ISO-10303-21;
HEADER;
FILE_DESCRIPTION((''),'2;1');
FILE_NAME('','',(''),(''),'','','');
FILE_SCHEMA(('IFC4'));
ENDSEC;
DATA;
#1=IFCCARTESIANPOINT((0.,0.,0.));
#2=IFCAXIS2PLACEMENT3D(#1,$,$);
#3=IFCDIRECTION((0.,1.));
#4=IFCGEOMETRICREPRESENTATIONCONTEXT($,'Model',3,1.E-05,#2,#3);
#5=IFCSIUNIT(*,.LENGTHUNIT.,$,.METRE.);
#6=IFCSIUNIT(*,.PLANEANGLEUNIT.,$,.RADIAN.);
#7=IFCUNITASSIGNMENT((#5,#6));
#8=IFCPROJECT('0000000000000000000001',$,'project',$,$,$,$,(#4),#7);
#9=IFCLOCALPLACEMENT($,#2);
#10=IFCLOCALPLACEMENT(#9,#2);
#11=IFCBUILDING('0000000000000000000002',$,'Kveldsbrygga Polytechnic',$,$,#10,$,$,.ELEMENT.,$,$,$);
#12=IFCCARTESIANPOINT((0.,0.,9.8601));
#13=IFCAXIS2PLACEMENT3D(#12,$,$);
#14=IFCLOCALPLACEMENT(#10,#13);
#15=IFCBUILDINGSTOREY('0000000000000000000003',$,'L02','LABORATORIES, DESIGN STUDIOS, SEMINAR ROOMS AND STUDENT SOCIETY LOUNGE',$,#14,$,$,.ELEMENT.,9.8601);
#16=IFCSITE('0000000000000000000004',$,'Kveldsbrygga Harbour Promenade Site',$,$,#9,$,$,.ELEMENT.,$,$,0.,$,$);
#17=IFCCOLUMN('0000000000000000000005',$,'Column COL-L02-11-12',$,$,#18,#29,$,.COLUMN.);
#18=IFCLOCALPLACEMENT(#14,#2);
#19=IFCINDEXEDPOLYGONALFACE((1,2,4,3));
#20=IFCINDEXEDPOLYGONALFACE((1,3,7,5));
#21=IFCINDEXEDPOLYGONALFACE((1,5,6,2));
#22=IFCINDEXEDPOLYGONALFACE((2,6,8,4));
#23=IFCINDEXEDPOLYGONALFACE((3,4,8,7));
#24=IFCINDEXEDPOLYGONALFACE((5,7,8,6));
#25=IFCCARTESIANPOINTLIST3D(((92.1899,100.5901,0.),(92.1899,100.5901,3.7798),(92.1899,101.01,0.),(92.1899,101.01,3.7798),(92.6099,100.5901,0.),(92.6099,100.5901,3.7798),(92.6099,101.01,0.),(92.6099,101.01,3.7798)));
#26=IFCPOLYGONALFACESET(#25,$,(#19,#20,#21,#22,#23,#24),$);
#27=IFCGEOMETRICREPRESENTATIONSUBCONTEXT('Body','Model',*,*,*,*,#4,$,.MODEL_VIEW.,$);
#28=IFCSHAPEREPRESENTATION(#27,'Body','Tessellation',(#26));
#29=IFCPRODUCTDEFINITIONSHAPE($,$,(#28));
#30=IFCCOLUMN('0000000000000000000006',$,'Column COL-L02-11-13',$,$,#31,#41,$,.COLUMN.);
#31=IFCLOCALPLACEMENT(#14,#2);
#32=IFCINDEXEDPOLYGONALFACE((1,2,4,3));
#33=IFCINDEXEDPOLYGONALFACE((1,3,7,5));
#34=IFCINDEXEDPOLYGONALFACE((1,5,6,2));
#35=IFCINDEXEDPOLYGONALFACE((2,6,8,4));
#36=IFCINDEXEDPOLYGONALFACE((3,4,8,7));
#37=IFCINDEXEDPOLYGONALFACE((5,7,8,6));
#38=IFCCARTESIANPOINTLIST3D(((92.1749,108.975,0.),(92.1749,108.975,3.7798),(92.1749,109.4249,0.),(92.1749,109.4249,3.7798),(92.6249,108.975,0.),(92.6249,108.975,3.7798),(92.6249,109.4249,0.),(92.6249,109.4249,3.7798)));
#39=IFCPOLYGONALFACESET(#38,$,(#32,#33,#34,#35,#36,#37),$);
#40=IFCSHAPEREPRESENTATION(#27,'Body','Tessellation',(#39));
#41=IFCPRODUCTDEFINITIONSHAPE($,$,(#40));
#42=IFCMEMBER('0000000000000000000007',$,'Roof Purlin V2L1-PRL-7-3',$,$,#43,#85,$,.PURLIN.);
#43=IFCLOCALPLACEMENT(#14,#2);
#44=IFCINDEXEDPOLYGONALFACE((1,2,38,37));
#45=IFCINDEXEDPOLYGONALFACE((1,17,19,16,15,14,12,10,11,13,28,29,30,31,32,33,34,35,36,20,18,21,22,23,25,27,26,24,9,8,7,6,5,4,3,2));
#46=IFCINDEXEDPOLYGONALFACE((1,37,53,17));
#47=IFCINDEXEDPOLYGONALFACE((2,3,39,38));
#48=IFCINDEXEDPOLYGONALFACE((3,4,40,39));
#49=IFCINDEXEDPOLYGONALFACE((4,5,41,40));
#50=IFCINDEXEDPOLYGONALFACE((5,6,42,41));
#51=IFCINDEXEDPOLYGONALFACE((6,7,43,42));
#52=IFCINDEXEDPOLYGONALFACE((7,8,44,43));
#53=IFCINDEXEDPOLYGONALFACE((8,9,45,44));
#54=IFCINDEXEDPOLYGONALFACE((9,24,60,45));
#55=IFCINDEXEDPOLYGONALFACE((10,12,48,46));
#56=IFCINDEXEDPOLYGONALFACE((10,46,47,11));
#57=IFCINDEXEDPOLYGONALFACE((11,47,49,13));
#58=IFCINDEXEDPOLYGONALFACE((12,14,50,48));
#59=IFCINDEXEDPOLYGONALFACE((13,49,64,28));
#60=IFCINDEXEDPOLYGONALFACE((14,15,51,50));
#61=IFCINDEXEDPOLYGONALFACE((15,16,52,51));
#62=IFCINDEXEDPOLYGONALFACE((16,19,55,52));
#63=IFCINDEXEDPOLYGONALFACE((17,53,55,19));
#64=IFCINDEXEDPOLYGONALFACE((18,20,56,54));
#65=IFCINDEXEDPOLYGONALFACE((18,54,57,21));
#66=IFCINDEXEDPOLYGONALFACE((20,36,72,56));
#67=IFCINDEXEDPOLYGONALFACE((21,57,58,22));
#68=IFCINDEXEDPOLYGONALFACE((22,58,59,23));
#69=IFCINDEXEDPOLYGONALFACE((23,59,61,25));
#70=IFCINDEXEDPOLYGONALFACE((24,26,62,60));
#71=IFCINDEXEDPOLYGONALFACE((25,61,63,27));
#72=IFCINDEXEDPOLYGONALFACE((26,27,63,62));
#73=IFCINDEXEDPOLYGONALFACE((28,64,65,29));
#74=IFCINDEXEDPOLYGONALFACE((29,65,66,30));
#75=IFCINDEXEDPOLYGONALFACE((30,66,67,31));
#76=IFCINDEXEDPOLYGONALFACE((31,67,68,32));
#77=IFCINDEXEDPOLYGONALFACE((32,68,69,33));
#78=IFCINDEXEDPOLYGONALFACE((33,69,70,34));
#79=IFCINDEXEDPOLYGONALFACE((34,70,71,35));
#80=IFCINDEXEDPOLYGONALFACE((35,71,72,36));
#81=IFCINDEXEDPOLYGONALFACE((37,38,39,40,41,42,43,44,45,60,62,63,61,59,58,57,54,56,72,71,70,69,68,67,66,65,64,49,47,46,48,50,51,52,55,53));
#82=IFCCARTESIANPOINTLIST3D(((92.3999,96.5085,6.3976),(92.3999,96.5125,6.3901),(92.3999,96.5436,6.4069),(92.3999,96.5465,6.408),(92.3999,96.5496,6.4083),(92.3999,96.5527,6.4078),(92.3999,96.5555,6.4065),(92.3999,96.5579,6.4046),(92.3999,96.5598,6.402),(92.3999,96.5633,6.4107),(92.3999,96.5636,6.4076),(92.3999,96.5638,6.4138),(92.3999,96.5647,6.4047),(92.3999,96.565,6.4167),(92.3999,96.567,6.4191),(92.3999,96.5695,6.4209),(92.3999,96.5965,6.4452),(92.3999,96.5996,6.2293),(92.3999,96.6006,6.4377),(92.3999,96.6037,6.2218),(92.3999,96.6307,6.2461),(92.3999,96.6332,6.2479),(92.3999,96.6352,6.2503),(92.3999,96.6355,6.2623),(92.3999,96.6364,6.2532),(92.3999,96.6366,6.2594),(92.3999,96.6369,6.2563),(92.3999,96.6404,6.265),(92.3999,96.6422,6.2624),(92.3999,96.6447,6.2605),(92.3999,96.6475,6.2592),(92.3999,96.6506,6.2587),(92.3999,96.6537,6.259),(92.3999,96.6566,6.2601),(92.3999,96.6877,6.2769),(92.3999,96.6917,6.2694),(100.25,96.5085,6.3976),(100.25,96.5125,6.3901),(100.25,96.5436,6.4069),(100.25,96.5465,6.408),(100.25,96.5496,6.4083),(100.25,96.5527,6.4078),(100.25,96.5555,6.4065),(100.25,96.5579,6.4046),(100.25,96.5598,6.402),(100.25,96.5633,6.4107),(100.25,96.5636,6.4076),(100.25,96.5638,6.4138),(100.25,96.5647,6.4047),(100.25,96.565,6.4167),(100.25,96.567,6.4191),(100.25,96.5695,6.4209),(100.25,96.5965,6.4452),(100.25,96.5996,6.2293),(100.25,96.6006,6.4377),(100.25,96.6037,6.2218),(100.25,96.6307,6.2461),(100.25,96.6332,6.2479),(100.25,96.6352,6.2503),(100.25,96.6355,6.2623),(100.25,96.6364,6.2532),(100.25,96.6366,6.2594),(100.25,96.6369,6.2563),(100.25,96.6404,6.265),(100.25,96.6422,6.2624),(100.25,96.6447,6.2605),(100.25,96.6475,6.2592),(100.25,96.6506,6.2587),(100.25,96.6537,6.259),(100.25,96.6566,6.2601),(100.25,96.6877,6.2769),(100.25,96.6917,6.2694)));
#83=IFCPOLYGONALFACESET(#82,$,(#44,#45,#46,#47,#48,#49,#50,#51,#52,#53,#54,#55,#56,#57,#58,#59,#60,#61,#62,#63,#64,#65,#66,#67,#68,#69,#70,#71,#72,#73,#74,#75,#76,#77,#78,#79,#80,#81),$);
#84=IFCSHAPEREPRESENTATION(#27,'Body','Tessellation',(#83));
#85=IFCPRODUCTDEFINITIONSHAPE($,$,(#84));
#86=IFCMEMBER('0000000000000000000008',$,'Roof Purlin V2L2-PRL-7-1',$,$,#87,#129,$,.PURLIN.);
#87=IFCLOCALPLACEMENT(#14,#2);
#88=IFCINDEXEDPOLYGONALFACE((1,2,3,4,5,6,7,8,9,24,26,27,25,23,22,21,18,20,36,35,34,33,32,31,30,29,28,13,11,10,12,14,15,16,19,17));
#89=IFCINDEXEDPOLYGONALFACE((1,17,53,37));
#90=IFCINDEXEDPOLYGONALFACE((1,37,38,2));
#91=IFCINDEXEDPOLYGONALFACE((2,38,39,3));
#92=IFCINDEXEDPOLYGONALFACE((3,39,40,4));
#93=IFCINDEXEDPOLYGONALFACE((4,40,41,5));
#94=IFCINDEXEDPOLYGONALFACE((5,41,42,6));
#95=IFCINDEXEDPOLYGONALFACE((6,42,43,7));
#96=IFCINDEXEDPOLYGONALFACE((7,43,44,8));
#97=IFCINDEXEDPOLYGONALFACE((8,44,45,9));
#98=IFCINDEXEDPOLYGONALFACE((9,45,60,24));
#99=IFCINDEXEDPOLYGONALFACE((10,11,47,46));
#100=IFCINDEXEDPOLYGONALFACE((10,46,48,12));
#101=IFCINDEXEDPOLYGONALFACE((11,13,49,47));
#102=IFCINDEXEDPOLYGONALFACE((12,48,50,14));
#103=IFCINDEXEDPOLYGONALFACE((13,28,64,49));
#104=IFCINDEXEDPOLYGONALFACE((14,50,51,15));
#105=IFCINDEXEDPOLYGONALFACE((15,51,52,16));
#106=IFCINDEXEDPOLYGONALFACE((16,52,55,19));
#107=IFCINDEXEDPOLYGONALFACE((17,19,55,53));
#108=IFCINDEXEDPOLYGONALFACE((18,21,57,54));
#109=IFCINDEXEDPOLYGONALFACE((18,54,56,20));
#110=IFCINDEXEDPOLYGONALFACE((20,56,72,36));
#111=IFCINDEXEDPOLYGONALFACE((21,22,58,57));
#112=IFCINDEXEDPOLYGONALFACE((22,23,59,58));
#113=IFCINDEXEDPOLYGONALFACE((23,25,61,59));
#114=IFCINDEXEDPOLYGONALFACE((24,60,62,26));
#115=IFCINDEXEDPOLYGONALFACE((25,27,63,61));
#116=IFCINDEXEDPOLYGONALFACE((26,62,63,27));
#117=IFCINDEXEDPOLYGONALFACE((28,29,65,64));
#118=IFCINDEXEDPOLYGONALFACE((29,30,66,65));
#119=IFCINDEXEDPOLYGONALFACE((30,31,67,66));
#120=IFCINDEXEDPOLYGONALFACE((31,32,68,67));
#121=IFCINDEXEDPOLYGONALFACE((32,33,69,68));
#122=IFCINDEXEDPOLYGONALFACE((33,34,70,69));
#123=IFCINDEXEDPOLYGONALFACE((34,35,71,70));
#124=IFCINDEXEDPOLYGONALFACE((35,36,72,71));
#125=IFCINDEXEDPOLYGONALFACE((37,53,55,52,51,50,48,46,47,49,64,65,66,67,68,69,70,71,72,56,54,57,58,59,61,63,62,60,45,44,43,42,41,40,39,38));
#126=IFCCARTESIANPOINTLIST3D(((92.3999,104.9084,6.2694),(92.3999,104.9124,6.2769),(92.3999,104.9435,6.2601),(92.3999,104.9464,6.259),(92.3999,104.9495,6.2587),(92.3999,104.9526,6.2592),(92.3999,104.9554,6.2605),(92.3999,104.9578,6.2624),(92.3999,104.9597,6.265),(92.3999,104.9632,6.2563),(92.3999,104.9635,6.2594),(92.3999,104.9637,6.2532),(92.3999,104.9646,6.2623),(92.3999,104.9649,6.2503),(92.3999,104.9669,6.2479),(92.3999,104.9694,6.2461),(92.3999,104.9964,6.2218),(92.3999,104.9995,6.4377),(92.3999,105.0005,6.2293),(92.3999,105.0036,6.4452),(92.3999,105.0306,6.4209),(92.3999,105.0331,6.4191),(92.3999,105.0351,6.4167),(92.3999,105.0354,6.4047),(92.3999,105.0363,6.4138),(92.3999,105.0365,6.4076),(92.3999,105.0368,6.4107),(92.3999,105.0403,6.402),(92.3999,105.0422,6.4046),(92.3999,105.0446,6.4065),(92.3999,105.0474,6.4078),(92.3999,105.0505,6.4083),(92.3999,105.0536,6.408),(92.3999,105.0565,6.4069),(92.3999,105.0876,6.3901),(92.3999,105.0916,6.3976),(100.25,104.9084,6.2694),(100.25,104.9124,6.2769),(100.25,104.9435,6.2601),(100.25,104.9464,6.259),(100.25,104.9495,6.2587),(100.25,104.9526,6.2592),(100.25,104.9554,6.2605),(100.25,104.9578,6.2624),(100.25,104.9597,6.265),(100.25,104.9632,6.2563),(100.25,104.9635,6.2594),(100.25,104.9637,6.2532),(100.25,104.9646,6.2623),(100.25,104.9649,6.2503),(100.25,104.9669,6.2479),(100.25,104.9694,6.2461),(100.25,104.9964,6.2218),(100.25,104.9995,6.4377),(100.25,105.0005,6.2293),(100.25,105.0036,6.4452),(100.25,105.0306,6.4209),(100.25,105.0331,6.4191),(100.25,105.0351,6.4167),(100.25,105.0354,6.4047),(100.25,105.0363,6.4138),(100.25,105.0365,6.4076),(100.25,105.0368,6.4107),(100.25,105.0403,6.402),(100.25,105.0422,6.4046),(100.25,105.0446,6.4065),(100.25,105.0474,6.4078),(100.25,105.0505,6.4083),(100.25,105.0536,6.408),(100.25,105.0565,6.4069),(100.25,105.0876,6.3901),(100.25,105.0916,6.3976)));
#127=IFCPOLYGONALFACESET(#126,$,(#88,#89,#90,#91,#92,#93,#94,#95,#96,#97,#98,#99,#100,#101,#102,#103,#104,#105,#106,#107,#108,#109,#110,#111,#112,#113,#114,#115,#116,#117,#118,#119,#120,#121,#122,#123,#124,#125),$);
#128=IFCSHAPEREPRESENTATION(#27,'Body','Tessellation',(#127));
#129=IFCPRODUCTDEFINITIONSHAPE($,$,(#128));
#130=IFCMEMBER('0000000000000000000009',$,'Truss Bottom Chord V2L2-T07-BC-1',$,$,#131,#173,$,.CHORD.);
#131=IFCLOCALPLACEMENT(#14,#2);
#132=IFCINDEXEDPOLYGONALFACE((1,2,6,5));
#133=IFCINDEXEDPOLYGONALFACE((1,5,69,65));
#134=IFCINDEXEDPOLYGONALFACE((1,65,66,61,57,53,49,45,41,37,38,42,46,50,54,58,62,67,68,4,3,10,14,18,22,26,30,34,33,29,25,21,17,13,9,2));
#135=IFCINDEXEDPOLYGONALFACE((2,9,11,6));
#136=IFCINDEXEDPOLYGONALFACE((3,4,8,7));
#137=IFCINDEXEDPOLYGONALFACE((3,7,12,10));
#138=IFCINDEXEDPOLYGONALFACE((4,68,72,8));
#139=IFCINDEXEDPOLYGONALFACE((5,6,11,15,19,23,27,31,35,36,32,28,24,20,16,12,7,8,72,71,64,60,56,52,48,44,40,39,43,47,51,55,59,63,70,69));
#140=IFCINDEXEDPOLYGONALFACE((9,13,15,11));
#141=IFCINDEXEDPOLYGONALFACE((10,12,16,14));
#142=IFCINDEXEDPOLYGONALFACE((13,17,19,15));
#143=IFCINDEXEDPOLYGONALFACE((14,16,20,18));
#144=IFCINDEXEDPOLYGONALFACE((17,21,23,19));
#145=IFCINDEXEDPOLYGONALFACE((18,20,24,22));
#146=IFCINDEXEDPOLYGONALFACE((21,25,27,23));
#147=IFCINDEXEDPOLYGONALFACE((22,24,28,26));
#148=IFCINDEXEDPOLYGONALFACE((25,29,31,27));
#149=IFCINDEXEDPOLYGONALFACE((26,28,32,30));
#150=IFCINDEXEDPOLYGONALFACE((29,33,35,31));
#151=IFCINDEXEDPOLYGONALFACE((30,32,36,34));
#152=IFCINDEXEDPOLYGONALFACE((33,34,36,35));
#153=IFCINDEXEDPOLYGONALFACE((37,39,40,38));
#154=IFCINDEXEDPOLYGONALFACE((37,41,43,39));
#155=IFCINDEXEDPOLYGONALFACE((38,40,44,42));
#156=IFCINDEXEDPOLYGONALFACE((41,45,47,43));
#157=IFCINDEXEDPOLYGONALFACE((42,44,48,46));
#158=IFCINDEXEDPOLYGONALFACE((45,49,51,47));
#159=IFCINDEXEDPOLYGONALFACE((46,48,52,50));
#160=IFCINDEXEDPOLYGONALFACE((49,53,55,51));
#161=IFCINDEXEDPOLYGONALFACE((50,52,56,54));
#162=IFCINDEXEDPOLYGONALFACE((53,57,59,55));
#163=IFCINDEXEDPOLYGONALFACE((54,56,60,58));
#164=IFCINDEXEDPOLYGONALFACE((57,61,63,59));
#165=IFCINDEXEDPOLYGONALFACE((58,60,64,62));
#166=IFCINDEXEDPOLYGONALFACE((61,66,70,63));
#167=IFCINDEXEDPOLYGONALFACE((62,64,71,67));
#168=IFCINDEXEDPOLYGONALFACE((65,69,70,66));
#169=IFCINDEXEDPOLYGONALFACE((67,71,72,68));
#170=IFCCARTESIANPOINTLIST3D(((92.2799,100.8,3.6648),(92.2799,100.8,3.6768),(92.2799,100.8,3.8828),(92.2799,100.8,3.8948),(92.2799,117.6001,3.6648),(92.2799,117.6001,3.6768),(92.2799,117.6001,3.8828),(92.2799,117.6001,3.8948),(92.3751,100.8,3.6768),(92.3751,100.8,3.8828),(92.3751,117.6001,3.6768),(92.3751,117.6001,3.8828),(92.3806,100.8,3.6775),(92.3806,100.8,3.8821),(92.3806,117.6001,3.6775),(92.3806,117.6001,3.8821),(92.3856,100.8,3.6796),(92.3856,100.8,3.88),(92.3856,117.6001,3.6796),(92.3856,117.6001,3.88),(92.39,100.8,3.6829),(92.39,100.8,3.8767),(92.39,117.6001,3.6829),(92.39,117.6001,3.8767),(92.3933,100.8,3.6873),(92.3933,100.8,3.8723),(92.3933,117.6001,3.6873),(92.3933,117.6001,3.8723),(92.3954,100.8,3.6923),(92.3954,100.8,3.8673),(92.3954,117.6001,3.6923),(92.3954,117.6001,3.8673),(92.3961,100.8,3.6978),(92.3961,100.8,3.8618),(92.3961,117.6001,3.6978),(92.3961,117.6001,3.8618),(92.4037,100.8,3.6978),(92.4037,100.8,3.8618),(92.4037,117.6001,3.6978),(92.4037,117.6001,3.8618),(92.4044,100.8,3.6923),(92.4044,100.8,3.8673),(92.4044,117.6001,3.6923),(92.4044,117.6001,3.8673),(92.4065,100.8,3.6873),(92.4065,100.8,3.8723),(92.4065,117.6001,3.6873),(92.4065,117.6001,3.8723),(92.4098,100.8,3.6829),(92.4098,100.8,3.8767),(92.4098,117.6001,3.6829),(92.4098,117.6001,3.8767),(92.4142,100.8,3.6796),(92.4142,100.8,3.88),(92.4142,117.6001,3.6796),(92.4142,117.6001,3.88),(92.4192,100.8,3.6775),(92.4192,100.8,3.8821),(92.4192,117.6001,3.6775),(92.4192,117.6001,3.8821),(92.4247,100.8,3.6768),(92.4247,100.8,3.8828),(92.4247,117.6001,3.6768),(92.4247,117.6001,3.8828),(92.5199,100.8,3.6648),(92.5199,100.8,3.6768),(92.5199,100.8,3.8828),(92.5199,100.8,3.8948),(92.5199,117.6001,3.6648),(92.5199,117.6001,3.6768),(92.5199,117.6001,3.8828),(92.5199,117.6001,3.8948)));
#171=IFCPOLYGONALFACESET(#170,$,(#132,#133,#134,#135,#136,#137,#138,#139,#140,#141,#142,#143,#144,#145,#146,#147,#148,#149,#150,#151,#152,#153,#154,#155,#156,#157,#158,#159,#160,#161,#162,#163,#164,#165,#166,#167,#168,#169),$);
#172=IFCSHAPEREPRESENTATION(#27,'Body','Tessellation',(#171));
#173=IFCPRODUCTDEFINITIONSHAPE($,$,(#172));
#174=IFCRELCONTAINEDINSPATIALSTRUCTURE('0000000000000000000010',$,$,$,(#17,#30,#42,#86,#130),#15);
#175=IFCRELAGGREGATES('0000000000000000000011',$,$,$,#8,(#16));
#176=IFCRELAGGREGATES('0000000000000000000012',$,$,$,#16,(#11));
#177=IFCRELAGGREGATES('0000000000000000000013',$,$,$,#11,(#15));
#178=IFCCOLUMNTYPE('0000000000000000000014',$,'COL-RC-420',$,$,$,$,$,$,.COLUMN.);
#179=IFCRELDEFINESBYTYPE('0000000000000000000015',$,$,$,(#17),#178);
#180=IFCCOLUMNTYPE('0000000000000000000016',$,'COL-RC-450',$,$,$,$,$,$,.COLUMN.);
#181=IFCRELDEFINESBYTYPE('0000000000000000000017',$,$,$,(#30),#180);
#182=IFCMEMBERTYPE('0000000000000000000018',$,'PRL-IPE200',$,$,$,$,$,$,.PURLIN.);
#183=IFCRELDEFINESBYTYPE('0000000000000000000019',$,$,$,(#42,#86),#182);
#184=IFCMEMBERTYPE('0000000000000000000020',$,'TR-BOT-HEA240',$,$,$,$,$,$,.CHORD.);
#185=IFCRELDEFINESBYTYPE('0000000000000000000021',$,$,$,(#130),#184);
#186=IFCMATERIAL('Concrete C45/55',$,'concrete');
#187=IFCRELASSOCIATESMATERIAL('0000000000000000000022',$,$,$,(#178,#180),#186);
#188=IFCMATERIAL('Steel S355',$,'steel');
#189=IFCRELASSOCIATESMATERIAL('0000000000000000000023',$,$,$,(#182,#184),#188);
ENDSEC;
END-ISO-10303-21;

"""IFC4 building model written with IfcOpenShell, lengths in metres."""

from ifc_helpers import new_model, si_unit, direction, frame, origin, origin_2d, place, context, subcontext, project, spatial, rectangle, i_section, extrude, material, material_profile, profile_set, type_object, element, save


model = new_model("IFC4")

# Units and contexts
model_context = context("Model", 3, precision=1e-05, world=origin(), true_north=direction((0.0, 1.0)))
body_context = subcontext(model_context, "Body", "Model", "MODEL_VIEW")
ifc_project = project(units=[si_unit("LENGTHUNIT", "METRE"), si_unit("PLANEANGLEUNIT", "RADIAN")], contexts=[model_context])

# Site, building, storey
site_placement = place(None, origin())
site = spatial("IfcSite", under=ifc_project, at=site_placement, Name="Kveldsbrygga Harbour Promenade Site", CompositionType="ELEMENT", RefElevation=0.0)
building_placement = place(site_placement, origin())
building = spatial("IfcBuilding", under=site, at=building_placement, Name="Kveldsbrygga Polytechnic", CompositionType="ELEMENT")
storey_placement = place(building_placement, frame((0.0, 0.0, 9.8601)))
storey = spatial("IfcBuildingStorey", under=building, at=storey_placement, Name="L02", Description="LABORATORIES, DESIGN STUDIOS, SEMINAR ROOMS AND STUDENT SOCIETY LOUNGE", CompositionType="ELEMENT", Elevation=9.8601)

# Columns
ifc_material_1 = material(Name="Concrete C45/55", Category="concrete")
ifc_material_profile_1 = material_profile(ifc_material_1, rectangle(XDim=0.4199, YDim=0.4199, at=origin_2d()), Name="RC 420x420")
ifc_profile_set_1 = profile_set([ifc_material_profile_1], Name="Concrete C45/55")
column_type_1 = type_object("IfcColumnType", Name="COL-RC-420", PredefinedType="COLUMN", material=ifc_profile_set_1)
column_1_placement = place(storey_placement, frame((92.3999, 100.8, 0.0), z_axis=(0.0, 0.0, 1.0), x_axis=(1.0, 0.0, 0.0)))
element("IfcColumn", 1, at=column_1_placement, inside=storey, type_object=column_type_1, Name="Column COL-L02-11-12", PredefinedType="COLUMN", context=body_context, shape_type="SweptSolid", body=[
    extrude(rectangle(XDim=0.4199, YDim=0.4199, at=origin_2d()), origin(), (0.0, 0.0, 1.0), 3.7798),
])
ifc_material_profile_2 = material_profile(ifc_material_1, rectangle(XDim=0.45, YDim=0.45, at=origin_2d()), Name="RC 450x450")
ifc_profile_set_2 = profile_set([ifc_material_profile_2], Name="Concrete C45/55")
column_type_2 = type_object("IfcColumnType", Name="COL-RC-450", PredefinedType="COLUMN", material=ifc_profile_set_2)
column_2_placement = place(storey_placement, frame((92.3999, 109.2, 0.0), z_axis=(0.0, 0.0, 1.0), x_axis=(1.0, 0.0, 0.0)))
element("IfcColumn", 2, at=column_2_placement, inside=storey, type_object=column_type_2, Name="Column COL-L02-11-13", PredefinedType="COLUMN", context=body_context, shape_type="SweptSolid", body=[
    extrude(rectangle(XDim=0.45, YDim=0.45, at=origin_2d()), origin(), (0.0, 0.0, 1.0), 3.7798),
])

# Members
ifc_material_2 = material(Name="Steel S355", Category="steel")
ifc_material_profile_3 = material_profile(ifc_material_2, i_section(OverallWidth=0.1001, OverallDepth=0.2, WebThickness=0.0056, FlangeThickness=0.0085, FilletRadius=0.012, at=origin_2d()), Name="IPE 200")
ifc_profile_set_3 = profile_set([ifc_material_profile_3], Name="Steel S355")
member_type_1 = type_object("IfcMemberType", Name="PRL-IPE200", PredefinedType="PURLIN", material=ifc_profile_set_3)
for number, where, z_axis, x_axis, name in (
    (3, (92.3999, 96.6001, 6.3335), (1.0, 0.0, 0.0), (0.0, 0.879292, 0.476283), "Roof Purlin V2L1-PRL-7-3"),
    (4, (92.3999, 105.0, 6.3335), (1.0, 0.0, 0.0), (0.0, 0.879292, -0.476283), "Roof Purlin V2L2-PRL-7-1"),
):
    element("IfcMember", number, at=place(storey_placement, frame(where, z_axis=z_axis, x_axis=x_axis)), inside=storey, type_object=member_type_1, Name=name, PredefinedType="PURLIN", context=body_context, shape_type="SweptSolid", body=[
        extrude(i_section(OverallWidth=0.1001, OverallDepth=0.2, WebThickness=0.0056, FlangeThickness=0.0085, FilletRadius=0.012, at=origin_2d()), origin(), (0.0, 0.0, 1.0), 7.8501),
    ])
ifc_material_profile_4 = material_profile(ifc_material_2, i_section(OverallWidth=0.24, OverallDepth=0.23, WebThickness=0.0076, FlangeThickness=0.012, FilletRadius=0.021, at=origin_2d()), Name="HEA 240")
ifc_profile_set_4 = profile_set([ifc_material_profile_4], Name="Steel S355")
member_type_2 = type_object("IfcMemberType", Name="TR-BOT-HEA240", PredefinedType="CHORD", material=ifc_profile_set_4)
member_1_placement = place(storey_placement, frame((92.3999, 100.8, 3.7798), z_axis=(0.0, 1.0, 0.0), x_axis=(-1.0, 0.0, 0.0)))
element("IfcMember", 5, at=member_1_placement, inside=storey, type_object=member_type_2, Name="Truss Bottom Chord V2L2-T07-BC-1", PredefinedType="CHORD", context=body_context, shape_type="SweptSolid", body=[
    extrude(i_section(OverallWidth=0.24, OverallDepth=0.23, WebThickness=0.0076, FlangeThickness=0.012, FilletRadius=0.021, at=origin_2d()), origin(), (0.0, 0.0, 1.0), 16.8),
])

save(model, "model.ifc")
